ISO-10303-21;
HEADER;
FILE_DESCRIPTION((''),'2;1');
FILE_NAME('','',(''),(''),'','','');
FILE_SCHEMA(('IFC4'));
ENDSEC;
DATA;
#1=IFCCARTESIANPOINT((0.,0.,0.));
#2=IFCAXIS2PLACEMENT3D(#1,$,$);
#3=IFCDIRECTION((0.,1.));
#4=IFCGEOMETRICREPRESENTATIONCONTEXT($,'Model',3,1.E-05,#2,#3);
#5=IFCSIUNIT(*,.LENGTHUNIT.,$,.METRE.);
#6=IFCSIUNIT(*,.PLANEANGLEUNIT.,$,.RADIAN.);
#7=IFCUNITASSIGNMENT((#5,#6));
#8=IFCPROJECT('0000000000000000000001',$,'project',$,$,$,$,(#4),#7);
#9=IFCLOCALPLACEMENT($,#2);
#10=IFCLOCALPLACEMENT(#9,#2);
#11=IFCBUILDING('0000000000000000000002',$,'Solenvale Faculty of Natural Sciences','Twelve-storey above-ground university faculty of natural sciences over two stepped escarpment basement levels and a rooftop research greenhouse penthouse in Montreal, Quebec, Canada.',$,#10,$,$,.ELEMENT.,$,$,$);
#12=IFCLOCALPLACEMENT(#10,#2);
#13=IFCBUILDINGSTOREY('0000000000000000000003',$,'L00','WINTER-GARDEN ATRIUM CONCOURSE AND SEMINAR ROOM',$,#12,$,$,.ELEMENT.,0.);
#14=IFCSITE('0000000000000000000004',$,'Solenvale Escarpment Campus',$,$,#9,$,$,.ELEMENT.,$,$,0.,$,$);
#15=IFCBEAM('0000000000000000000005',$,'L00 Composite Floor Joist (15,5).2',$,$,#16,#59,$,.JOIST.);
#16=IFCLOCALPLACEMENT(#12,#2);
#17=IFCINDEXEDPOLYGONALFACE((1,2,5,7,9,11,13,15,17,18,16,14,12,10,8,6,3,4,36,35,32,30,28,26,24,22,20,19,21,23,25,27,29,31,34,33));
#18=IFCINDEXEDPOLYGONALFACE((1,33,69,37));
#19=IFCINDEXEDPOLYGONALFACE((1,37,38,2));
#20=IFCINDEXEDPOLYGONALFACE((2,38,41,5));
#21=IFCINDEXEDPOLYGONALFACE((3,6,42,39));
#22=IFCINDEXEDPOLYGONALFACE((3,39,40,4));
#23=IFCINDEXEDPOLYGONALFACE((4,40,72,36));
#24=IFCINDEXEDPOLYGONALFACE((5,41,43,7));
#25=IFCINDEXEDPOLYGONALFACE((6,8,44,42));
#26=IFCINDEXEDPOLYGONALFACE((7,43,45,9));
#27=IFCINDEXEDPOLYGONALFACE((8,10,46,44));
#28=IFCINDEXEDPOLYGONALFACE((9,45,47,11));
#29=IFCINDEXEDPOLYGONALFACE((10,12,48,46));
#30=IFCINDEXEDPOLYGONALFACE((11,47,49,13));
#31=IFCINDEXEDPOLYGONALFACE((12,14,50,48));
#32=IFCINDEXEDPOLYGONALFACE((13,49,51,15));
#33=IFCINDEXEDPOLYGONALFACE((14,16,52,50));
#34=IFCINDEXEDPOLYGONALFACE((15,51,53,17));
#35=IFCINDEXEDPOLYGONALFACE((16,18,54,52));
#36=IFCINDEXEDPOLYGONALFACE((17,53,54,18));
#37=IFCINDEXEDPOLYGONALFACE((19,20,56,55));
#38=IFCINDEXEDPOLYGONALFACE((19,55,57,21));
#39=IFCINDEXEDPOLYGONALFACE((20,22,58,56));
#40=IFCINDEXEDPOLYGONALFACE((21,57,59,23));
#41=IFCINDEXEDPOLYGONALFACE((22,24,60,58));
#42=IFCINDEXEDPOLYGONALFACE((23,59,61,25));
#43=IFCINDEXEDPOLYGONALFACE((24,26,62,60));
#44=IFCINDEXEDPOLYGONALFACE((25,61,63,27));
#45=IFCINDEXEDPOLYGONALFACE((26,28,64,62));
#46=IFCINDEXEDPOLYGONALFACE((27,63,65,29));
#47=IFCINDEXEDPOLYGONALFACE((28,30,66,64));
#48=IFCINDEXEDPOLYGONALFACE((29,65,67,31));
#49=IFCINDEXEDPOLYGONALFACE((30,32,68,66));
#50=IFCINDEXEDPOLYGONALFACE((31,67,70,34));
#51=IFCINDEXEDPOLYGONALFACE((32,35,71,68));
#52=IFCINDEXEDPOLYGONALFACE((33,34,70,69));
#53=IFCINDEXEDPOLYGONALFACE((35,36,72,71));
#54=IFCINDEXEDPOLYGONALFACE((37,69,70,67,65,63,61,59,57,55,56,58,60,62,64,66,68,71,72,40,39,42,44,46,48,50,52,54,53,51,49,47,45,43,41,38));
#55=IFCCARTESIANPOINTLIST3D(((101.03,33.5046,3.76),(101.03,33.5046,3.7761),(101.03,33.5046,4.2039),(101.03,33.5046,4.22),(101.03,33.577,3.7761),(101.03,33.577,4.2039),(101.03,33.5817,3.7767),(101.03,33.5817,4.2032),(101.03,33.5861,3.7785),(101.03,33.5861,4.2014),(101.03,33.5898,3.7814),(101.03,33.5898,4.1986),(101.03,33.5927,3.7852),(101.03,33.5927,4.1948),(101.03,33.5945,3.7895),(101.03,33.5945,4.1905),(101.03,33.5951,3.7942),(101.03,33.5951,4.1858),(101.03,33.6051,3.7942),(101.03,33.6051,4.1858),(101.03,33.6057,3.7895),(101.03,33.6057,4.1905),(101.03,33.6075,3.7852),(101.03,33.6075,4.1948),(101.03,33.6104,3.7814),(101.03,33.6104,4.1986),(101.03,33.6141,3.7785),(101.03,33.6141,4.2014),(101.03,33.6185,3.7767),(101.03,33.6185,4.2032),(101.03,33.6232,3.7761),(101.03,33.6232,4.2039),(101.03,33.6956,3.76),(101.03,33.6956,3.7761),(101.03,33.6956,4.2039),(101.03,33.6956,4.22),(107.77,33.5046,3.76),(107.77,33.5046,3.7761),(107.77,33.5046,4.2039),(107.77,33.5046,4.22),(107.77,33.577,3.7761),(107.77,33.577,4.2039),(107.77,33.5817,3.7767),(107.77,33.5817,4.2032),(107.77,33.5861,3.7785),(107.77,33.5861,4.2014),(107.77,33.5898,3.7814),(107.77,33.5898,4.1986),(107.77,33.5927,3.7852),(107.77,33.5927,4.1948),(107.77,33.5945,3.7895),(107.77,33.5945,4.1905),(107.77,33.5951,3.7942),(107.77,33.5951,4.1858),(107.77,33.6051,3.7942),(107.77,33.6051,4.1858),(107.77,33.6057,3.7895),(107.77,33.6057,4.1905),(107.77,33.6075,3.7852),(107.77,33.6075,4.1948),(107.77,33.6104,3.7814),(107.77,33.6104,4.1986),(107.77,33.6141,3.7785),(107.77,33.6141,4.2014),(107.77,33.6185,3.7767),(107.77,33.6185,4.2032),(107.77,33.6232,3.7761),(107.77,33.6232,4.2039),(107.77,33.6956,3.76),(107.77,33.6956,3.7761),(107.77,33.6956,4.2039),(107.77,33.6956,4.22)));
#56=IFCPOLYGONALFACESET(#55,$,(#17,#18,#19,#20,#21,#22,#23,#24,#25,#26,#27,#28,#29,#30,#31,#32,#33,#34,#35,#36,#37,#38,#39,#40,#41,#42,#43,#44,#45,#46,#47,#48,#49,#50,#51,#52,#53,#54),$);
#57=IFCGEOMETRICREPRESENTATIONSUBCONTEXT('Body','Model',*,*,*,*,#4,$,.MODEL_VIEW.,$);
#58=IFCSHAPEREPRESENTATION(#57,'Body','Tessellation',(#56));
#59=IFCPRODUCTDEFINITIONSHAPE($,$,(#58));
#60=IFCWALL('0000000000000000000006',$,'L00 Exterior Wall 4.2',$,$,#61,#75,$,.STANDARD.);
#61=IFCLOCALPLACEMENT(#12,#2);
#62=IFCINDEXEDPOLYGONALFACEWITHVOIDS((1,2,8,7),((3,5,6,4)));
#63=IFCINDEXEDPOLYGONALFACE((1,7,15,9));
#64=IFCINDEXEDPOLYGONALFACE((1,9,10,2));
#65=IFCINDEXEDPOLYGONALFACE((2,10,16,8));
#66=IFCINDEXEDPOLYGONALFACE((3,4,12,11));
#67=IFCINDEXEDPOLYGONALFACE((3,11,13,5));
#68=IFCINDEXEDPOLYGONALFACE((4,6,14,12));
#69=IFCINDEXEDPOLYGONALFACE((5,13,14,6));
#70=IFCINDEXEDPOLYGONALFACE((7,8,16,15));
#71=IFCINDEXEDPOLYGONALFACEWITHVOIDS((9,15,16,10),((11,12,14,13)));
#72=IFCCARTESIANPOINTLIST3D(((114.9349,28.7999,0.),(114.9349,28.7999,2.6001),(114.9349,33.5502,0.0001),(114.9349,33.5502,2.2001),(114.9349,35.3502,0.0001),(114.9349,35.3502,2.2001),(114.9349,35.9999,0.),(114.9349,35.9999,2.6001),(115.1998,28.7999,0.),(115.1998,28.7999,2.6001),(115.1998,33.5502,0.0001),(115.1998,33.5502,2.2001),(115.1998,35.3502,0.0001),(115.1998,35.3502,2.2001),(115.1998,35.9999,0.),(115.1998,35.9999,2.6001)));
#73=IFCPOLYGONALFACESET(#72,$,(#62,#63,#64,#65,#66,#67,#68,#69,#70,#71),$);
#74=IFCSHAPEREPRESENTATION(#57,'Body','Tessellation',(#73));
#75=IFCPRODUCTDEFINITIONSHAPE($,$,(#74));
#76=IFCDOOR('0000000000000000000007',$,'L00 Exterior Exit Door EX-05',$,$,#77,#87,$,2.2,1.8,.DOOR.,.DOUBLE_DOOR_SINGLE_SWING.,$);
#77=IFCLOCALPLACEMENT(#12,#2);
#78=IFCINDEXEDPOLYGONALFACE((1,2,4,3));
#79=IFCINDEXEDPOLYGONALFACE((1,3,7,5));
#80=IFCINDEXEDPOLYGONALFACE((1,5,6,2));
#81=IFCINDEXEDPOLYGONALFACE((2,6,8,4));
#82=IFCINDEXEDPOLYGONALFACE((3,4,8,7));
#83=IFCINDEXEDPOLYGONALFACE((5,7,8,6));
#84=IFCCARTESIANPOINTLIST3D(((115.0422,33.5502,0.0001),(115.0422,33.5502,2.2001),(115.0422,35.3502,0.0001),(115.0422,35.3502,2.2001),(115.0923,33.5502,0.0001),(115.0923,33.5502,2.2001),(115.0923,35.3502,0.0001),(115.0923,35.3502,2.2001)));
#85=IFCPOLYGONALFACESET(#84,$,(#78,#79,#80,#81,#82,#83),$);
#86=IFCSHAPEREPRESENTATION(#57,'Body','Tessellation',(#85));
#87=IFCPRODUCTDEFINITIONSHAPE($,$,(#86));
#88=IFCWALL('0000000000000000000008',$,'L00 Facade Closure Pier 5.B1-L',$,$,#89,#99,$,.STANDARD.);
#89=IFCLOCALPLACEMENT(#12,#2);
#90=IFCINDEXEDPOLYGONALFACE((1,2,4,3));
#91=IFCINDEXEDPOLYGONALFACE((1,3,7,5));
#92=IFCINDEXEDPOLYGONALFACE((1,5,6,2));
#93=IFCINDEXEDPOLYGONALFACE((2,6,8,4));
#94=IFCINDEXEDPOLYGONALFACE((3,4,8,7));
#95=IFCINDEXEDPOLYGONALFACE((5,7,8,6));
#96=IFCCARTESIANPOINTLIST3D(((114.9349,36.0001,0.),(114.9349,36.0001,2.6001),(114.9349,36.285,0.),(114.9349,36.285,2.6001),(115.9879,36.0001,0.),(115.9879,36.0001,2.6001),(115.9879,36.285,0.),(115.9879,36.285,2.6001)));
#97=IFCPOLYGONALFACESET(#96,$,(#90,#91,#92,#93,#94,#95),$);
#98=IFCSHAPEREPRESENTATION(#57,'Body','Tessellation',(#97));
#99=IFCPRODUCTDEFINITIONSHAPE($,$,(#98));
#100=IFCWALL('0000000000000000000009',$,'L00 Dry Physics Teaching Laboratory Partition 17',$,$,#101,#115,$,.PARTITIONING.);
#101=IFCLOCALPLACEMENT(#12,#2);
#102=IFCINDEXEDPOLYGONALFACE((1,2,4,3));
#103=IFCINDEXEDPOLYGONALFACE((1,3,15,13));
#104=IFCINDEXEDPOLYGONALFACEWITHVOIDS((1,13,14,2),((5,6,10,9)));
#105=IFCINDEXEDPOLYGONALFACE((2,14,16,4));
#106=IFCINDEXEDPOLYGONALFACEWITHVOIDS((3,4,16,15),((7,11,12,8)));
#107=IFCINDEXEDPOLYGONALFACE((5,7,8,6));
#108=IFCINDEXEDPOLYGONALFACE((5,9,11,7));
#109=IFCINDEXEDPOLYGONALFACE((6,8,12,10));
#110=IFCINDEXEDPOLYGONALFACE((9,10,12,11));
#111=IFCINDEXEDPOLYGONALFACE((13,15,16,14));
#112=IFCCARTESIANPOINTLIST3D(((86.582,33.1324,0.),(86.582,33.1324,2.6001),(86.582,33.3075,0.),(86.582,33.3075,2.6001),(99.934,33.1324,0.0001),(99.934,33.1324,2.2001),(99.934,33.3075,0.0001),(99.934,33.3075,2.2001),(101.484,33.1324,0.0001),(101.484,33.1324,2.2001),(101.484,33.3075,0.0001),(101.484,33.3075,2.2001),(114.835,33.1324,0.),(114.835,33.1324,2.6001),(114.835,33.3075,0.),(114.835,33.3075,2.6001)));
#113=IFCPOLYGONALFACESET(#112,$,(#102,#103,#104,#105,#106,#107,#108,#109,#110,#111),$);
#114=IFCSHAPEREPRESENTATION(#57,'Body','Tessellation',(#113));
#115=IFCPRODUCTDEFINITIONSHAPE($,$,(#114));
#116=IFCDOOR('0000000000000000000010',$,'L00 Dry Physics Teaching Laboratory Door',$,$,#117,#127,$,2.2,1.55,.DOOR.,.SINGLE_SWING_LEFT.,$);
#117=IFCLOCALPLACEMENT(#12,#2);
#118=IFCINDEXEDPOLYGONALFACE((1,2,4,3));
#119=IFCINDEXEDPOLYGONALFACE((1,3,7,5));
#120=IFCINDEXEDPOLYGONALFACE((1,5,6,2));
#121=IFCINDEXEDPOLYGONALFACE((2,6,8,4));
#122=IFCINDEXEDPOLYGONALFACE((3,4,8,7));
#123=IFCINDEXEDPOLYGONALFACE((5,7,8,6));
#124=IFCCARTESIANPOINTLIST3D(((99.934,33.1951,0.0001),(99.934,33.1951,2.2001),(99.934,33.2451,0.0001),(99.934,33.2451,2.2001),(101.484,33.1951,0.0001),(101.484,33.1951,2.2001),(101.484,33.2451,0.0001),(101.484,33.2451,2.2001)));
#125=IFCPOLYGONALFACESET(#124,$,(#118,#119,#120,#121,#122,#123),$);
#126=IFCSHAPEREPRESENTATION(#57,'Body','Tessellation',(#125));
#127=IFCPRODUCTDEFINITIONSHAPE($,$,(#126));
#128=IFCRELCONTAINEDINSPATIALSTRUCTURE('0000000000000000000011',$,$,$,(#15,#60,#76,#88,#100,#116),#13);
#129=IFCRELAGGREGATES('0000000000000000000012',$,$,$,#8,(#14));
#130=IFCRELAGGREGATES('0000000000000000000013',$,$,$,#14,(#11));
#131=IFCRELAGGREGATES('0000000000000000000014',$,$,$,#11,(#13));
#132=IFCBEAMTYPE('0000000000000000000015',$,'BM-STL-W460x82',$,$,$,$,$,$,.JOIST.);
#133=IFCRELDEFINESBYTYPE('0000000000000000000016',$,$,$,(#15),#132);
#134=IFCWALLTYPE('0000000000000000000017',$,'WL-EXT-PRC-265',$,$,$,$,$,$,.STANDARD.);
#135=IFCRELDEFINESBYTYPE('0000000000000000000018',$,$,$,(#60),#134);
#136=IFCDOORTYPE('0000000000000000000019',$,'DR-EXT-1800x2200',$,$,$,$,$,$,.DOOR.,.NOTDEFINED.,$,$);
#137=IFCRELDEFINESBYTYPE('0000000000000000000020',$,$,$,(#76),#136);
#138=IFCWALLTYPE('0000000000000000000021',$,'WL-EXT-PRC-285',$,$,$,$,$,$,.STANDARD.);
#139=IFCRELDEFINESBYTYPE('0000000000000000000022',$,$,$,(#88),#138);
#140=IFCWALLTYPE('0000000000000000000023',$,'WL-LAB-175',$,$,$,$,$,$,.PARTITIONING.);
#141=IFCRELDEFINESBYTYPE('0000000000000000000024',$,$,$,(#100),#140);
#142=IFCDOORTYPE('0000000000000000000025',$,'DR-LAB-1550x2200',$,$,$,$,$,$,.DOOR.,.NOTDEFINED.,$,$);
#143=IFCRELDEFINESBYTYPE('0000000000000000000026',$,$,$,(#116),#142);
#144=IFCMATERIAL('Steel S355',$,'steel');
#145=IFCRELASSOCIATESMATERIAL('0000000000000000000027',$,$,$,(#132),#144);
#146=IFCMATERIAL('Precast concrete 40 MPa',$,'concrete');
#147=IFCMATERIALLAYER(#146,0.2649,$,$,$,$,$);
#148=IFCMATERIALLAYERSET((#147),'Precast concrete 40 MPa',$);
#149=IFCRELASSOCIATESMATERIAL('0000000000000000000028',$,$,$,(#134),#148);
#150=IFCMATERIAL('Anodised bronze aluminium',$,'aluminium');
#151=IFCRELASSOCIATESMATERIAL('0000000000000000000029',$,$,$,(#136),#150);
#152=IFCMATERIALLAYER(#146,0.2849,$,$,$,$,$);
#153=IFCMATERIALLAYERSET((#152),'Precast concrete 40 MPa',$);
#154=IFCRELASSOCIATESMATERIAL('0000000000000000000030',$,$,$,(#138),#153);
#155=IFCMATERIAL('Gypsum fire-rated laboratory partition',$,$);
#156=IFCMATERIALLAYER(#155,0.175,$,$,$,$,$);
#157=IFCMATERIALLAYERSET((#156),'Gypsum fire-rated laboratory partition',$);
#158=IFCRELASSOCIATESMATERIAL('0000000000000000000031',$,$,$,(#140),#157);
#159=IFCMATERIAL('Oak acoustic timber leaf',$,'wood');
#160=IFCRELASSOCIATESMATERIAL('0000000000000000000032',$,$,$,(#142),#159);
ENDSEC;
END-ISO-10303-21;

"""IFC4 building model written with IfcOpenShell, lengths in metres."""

from ifc_helpers import new_model, si_unit, direction, frame, frame_2d, origin, origin_2d, place, context, subcontext, project, spatial, rectangle, i_section, extrude, material, layer, layer_set, material_profile, profile_set, type_object, element, fill, save


model = new_model("IFC4")

# Units and contexts
model_context = context("Model", 3, precision=1e-05, world=origin(), true_north=direction((0.0, 1.0)))
body_context = subcontext(model_context, "Body", "Model", "MODEL_VIEW")
ifc_project = project(units=[si_unit("LENGTHUNIT", "METRE"), si_unit("PLANEANGLEUNIT", "RADIAN")], contexts=[model_context])

# Site, building, storey
site_placement = place(None, origin())
site = spatial("IfcSite", under=ifc_project, at=site_placement, Name="Solenvale Escarpment Campus", CompositionType="ELEMENT", RefElevation=0.0)
building_placement = place(site_placement, origin())
building = spatial("IfcBuilding", under=site, at=building_placement, Name="Solenvale Faculty of Natural Sciences", Description="Twelve-storey above-ground university faculty of natural sciences over two stepped escarpment basement levels and a rooftop research greenhouse penthouse in Montreal, Quebec, Canada.", CompositionType="ELEMENT")
storey_placement = place(building_placement, origin())
storey = spatial("IfcBuildingStorey", under=building, at=storey_placement, Name="L00", Description="WINTER-GARDEN ATRIUM CONCOURSE AND SEMINAR ROOM", CompositionType="ELEMENT", Elevation=0.0)

# Beam
ifc_material_1 = material(Name="Steel S355", Category="steel")
ifc_material_profile_1 = material_profile(ifc_material_1, i_section(OverallWidth=0.1909, OverallDepth=0.46, WebThickness=0.01, FlangeThickness=0.0161, FilletRadius=0.0181, at=origin_2d()), Name="W460x82")
ifc_profile_set_1 = profile_set([ifc_material_profile_1], Name="Steel S355")
beam_type_1 = type_object("IfcBeamType", Name="BM-STL-W460x82", PredefinedType="JOIST", material=ifc_profile_set_1)
beam_placement = place(storey_placement, frame((101.03, 33.6001, 3.99), z_axis=(1.0, 0.0, 0.0), x_axis=(0.0, 1.0, 0.0)))
element("IfcBeam", 1, at=beam_placement, inside=storey, type_object=beam_type_1, Name="L00 Composite Floor Joist (15,5).2", PredefinedType="JOIST", context=body_context, shape_type="SweptSolid", body=[
    extrude(i_section(OverallWidth=0.1909, OverallDepth=0.46, WebThickness=0.01, FlangeThickness=0.0161, FilletRadius=0.0181, at=origin_2d()), origin(), (0.0, 0.0, 1.0), 6.74),
])

# Wall, opening, door
ifc_material_2 = material(Name="Precast concrete 40 MPa", Category="concrete")
ifc_layer_1 = layer(ifc_material_2, 0.2649)
ifc_layer_set_1 = layer_set([ifc_layer_1], Name="Precast concrete 40 MPa")
wall_type_1 = type_object("IfcWallType", Name="WL-EXT-PRC-265", PredefinedType="STANDARD", material=ifc_layer_set_1)
wall_1_placement = place(storey_placement, frame((115.0674, 36.0, 0.0), z_axis=(0.0, 0.0, 1.0), x_axis=(0.0, -1.0, 0.0)))
wall_1 = element("IfcWall", 2, at=wall_1_placement, inside=storey, type_object=wall_type_1, Name="L00 Exterior Wall 4.2", PredefinedType="STANDARD", context=body_context, shape_type="SweptSolid", body=[
    extrude(rectangle(XDim=7.2, YDim=0.2649, at=frame_2d((3.6001, 0.0))), origin(), (0.0, 0.0, 1.0), 2.6001),
])
opening_1_placement = place(wall_1_placement, frame((0.6499, 0.0, 0.0)))
opening_1 = element("IfcOpeningElement", 3, at=opening_1_placement, cuts=wall_1, PredefinedType="OPENING", context=body_context, shape_type="SweptSolid", body=[
    extrude(rectangle(XDim=1.8, YDim=2.2, at=frame_2d((0.8999, 1.1001))), frame((0.0, 0.1423, 0.0), z_axis=(0.0, -1.0, 0.0), x_axis=(1.0, 0.0, 0.0)), (0.0, 0.0, 1.0), 0.2849),
])
ifc_material_3 = material(Name="Anodised bronze aluminium", Category="aluminium")
door_type_1 = type_object("IfcDoorType", Name="DR-EXT-1800x2200", OperationType="NOTDEFINED", PredefinedType="DOOR", material=ifc_material_3)
door_1_placement = place(opening_1_placement, origin())
door_1 = element("IfcDoor", 4, at=door_1_placement, inside=storey, type_object=door_type_1, Name="L00 Exterior Exit Door EX-05", OperationType="DOUBLE_DOOR_SINGLE_SWING", OverallHeight=2.2, OverallWidth=1.8, PredefinedType="DOOR", context=body_context, shape_type="SweptSolid", body=[
    extrude(rectangle(XDim=1.8, YDim=2.2, at=frame_2d((0.8999, 1.1001))), frame((0.0, 0.0249, 0.0), z_axis=(0.0, -1.0, 0.0), x_axis=(1.0, 0.0, 0.0)), (0.0, 0.0, 1.0), 0.05),
])
fill(opening_1, door_1)

# Wall
ifc_layer_2 = layer(ifc_material_2, 0.2849)
ifc_layer_set_2 = layer_set([ifc_layer_2], Name="Precast concrete 40 MPa")
wall_type_2 = type_object("IfcWallType", Name="WL-EXT-PRC-285", PredefinedType="STANDARD", material=ifc_layer_set_2)
wall_2_placement = place(storey_placement, frame((114.9351, 36.1426, 0.0), z_axis=(0.0, 0.0, 1.0), x_axis=(1.0, 0.0, 0.0)))
element("IfcWall", 5, at=wall_2_placement, inside=storey, type_object=wall_type_2, Name="L00 Facade Closure Pier 5.B1-L", PredefinedType="STANDARD", context=body_context, shape_type="SweptSolid", body=[
    extrude(rectangle(XDim=1.053, YDim=0.2849, at=frame_2d((0.5264, 0.0))), origin(), (0.0, 0.0, 1.0), 2.6001),
])

# Wall, opening, door
ifc_material_4 = material(Name="Gypsum fire-rated laboratory partition")
ifc_layer_3 = layer(ifc_material_4, 0.175)
ifc_layer_set_3 = layer_set([ifc_layer_3], Name="Gypsum fire-rated laboratory partition")
wall_type_3 = type_object("IfcWallType", Name="WL-LAB-175", PredefinedType="PARTITIONING", material=ifc_layer_set_3)
wall_3_placement = place(storey_placement, frame((114.835, 33.22, 0.0), z_axis=(0.0, 0.0, 1.0), x_axis=(-1.0, 0.0, 0.0)))
wall_3 = element("IfcWall", 6, at=wall_3_placement, inside=storey, type_object=wall_type_3, Name="L00 Dry Physics Teaching Laboratory Partition 17", PredefinedType="PARTITIONING", context=body_context, shape_type="SweptSolid", body=[
    extrude(rectangle(XDim=28.2529, YDim=0.175, at=frame_2d((14.1265, 0.0))), origin(), (0.0, 0.0, 1.0), 2.6001),
])
opening_2_placement = place(wall_3_placement, frame((13.3511, 0.0, 0.0)))
opening_2 = element("IfcOpeningElement", 7, at=opening_2_placement, cuts=wall_3, PredefinedType="OPENING", context=body_context, shape_type="SweptSolid", body=[
    extrude(rectangle(XDim=1.55, YDim=2.2, at=frame_2d((0.7749, 1.1001))), frame((0.0, 0.0974, 0.0), z_axis=(0.0, -1.0, 0.0), x_axis=(1.0, 0.0, 0.0)), (0.0, 0.0, 1.0), 0.1951),
])
ifc_material_5 = material(Name="Oak acoustic timber leaf", Category="wood")
door_type_2 = type_object("IfcDoorType", Name="DR-LAB-1550x2200", OperationType="NOTDEFINED", PredefinedType="DOOR", material=ifc_material_5)
door_2_placement = place(opening_2_placement, origin())
door_2 = element("IfcDoor", 8, at=door_2_placement, inside=storey, type_object=door_type_2, Name="L00 Dry Physics Teaching Laboratory Door", OperationType="SINGLE_SWING_LEFT", OverallHeight=2.2, OverallWidth=1.55, PredefinedType="DOOR", context=body_context, shape_type="SweptSolid", body=[
    extrude(rectangle(XDim=1.55, YDim=2.2, at=frame_2d((0.7749, 1.1001))), frame((0.0, 0.0249, 0.0), z_axis=(0.0, -1.0, 0.0), x_axis=(1.0, 0.0, 0.0)), (0.0, 0.0, 1.0), 0.05),
])
fill(opening_2, door_2)

save(model, "model.ifc")
